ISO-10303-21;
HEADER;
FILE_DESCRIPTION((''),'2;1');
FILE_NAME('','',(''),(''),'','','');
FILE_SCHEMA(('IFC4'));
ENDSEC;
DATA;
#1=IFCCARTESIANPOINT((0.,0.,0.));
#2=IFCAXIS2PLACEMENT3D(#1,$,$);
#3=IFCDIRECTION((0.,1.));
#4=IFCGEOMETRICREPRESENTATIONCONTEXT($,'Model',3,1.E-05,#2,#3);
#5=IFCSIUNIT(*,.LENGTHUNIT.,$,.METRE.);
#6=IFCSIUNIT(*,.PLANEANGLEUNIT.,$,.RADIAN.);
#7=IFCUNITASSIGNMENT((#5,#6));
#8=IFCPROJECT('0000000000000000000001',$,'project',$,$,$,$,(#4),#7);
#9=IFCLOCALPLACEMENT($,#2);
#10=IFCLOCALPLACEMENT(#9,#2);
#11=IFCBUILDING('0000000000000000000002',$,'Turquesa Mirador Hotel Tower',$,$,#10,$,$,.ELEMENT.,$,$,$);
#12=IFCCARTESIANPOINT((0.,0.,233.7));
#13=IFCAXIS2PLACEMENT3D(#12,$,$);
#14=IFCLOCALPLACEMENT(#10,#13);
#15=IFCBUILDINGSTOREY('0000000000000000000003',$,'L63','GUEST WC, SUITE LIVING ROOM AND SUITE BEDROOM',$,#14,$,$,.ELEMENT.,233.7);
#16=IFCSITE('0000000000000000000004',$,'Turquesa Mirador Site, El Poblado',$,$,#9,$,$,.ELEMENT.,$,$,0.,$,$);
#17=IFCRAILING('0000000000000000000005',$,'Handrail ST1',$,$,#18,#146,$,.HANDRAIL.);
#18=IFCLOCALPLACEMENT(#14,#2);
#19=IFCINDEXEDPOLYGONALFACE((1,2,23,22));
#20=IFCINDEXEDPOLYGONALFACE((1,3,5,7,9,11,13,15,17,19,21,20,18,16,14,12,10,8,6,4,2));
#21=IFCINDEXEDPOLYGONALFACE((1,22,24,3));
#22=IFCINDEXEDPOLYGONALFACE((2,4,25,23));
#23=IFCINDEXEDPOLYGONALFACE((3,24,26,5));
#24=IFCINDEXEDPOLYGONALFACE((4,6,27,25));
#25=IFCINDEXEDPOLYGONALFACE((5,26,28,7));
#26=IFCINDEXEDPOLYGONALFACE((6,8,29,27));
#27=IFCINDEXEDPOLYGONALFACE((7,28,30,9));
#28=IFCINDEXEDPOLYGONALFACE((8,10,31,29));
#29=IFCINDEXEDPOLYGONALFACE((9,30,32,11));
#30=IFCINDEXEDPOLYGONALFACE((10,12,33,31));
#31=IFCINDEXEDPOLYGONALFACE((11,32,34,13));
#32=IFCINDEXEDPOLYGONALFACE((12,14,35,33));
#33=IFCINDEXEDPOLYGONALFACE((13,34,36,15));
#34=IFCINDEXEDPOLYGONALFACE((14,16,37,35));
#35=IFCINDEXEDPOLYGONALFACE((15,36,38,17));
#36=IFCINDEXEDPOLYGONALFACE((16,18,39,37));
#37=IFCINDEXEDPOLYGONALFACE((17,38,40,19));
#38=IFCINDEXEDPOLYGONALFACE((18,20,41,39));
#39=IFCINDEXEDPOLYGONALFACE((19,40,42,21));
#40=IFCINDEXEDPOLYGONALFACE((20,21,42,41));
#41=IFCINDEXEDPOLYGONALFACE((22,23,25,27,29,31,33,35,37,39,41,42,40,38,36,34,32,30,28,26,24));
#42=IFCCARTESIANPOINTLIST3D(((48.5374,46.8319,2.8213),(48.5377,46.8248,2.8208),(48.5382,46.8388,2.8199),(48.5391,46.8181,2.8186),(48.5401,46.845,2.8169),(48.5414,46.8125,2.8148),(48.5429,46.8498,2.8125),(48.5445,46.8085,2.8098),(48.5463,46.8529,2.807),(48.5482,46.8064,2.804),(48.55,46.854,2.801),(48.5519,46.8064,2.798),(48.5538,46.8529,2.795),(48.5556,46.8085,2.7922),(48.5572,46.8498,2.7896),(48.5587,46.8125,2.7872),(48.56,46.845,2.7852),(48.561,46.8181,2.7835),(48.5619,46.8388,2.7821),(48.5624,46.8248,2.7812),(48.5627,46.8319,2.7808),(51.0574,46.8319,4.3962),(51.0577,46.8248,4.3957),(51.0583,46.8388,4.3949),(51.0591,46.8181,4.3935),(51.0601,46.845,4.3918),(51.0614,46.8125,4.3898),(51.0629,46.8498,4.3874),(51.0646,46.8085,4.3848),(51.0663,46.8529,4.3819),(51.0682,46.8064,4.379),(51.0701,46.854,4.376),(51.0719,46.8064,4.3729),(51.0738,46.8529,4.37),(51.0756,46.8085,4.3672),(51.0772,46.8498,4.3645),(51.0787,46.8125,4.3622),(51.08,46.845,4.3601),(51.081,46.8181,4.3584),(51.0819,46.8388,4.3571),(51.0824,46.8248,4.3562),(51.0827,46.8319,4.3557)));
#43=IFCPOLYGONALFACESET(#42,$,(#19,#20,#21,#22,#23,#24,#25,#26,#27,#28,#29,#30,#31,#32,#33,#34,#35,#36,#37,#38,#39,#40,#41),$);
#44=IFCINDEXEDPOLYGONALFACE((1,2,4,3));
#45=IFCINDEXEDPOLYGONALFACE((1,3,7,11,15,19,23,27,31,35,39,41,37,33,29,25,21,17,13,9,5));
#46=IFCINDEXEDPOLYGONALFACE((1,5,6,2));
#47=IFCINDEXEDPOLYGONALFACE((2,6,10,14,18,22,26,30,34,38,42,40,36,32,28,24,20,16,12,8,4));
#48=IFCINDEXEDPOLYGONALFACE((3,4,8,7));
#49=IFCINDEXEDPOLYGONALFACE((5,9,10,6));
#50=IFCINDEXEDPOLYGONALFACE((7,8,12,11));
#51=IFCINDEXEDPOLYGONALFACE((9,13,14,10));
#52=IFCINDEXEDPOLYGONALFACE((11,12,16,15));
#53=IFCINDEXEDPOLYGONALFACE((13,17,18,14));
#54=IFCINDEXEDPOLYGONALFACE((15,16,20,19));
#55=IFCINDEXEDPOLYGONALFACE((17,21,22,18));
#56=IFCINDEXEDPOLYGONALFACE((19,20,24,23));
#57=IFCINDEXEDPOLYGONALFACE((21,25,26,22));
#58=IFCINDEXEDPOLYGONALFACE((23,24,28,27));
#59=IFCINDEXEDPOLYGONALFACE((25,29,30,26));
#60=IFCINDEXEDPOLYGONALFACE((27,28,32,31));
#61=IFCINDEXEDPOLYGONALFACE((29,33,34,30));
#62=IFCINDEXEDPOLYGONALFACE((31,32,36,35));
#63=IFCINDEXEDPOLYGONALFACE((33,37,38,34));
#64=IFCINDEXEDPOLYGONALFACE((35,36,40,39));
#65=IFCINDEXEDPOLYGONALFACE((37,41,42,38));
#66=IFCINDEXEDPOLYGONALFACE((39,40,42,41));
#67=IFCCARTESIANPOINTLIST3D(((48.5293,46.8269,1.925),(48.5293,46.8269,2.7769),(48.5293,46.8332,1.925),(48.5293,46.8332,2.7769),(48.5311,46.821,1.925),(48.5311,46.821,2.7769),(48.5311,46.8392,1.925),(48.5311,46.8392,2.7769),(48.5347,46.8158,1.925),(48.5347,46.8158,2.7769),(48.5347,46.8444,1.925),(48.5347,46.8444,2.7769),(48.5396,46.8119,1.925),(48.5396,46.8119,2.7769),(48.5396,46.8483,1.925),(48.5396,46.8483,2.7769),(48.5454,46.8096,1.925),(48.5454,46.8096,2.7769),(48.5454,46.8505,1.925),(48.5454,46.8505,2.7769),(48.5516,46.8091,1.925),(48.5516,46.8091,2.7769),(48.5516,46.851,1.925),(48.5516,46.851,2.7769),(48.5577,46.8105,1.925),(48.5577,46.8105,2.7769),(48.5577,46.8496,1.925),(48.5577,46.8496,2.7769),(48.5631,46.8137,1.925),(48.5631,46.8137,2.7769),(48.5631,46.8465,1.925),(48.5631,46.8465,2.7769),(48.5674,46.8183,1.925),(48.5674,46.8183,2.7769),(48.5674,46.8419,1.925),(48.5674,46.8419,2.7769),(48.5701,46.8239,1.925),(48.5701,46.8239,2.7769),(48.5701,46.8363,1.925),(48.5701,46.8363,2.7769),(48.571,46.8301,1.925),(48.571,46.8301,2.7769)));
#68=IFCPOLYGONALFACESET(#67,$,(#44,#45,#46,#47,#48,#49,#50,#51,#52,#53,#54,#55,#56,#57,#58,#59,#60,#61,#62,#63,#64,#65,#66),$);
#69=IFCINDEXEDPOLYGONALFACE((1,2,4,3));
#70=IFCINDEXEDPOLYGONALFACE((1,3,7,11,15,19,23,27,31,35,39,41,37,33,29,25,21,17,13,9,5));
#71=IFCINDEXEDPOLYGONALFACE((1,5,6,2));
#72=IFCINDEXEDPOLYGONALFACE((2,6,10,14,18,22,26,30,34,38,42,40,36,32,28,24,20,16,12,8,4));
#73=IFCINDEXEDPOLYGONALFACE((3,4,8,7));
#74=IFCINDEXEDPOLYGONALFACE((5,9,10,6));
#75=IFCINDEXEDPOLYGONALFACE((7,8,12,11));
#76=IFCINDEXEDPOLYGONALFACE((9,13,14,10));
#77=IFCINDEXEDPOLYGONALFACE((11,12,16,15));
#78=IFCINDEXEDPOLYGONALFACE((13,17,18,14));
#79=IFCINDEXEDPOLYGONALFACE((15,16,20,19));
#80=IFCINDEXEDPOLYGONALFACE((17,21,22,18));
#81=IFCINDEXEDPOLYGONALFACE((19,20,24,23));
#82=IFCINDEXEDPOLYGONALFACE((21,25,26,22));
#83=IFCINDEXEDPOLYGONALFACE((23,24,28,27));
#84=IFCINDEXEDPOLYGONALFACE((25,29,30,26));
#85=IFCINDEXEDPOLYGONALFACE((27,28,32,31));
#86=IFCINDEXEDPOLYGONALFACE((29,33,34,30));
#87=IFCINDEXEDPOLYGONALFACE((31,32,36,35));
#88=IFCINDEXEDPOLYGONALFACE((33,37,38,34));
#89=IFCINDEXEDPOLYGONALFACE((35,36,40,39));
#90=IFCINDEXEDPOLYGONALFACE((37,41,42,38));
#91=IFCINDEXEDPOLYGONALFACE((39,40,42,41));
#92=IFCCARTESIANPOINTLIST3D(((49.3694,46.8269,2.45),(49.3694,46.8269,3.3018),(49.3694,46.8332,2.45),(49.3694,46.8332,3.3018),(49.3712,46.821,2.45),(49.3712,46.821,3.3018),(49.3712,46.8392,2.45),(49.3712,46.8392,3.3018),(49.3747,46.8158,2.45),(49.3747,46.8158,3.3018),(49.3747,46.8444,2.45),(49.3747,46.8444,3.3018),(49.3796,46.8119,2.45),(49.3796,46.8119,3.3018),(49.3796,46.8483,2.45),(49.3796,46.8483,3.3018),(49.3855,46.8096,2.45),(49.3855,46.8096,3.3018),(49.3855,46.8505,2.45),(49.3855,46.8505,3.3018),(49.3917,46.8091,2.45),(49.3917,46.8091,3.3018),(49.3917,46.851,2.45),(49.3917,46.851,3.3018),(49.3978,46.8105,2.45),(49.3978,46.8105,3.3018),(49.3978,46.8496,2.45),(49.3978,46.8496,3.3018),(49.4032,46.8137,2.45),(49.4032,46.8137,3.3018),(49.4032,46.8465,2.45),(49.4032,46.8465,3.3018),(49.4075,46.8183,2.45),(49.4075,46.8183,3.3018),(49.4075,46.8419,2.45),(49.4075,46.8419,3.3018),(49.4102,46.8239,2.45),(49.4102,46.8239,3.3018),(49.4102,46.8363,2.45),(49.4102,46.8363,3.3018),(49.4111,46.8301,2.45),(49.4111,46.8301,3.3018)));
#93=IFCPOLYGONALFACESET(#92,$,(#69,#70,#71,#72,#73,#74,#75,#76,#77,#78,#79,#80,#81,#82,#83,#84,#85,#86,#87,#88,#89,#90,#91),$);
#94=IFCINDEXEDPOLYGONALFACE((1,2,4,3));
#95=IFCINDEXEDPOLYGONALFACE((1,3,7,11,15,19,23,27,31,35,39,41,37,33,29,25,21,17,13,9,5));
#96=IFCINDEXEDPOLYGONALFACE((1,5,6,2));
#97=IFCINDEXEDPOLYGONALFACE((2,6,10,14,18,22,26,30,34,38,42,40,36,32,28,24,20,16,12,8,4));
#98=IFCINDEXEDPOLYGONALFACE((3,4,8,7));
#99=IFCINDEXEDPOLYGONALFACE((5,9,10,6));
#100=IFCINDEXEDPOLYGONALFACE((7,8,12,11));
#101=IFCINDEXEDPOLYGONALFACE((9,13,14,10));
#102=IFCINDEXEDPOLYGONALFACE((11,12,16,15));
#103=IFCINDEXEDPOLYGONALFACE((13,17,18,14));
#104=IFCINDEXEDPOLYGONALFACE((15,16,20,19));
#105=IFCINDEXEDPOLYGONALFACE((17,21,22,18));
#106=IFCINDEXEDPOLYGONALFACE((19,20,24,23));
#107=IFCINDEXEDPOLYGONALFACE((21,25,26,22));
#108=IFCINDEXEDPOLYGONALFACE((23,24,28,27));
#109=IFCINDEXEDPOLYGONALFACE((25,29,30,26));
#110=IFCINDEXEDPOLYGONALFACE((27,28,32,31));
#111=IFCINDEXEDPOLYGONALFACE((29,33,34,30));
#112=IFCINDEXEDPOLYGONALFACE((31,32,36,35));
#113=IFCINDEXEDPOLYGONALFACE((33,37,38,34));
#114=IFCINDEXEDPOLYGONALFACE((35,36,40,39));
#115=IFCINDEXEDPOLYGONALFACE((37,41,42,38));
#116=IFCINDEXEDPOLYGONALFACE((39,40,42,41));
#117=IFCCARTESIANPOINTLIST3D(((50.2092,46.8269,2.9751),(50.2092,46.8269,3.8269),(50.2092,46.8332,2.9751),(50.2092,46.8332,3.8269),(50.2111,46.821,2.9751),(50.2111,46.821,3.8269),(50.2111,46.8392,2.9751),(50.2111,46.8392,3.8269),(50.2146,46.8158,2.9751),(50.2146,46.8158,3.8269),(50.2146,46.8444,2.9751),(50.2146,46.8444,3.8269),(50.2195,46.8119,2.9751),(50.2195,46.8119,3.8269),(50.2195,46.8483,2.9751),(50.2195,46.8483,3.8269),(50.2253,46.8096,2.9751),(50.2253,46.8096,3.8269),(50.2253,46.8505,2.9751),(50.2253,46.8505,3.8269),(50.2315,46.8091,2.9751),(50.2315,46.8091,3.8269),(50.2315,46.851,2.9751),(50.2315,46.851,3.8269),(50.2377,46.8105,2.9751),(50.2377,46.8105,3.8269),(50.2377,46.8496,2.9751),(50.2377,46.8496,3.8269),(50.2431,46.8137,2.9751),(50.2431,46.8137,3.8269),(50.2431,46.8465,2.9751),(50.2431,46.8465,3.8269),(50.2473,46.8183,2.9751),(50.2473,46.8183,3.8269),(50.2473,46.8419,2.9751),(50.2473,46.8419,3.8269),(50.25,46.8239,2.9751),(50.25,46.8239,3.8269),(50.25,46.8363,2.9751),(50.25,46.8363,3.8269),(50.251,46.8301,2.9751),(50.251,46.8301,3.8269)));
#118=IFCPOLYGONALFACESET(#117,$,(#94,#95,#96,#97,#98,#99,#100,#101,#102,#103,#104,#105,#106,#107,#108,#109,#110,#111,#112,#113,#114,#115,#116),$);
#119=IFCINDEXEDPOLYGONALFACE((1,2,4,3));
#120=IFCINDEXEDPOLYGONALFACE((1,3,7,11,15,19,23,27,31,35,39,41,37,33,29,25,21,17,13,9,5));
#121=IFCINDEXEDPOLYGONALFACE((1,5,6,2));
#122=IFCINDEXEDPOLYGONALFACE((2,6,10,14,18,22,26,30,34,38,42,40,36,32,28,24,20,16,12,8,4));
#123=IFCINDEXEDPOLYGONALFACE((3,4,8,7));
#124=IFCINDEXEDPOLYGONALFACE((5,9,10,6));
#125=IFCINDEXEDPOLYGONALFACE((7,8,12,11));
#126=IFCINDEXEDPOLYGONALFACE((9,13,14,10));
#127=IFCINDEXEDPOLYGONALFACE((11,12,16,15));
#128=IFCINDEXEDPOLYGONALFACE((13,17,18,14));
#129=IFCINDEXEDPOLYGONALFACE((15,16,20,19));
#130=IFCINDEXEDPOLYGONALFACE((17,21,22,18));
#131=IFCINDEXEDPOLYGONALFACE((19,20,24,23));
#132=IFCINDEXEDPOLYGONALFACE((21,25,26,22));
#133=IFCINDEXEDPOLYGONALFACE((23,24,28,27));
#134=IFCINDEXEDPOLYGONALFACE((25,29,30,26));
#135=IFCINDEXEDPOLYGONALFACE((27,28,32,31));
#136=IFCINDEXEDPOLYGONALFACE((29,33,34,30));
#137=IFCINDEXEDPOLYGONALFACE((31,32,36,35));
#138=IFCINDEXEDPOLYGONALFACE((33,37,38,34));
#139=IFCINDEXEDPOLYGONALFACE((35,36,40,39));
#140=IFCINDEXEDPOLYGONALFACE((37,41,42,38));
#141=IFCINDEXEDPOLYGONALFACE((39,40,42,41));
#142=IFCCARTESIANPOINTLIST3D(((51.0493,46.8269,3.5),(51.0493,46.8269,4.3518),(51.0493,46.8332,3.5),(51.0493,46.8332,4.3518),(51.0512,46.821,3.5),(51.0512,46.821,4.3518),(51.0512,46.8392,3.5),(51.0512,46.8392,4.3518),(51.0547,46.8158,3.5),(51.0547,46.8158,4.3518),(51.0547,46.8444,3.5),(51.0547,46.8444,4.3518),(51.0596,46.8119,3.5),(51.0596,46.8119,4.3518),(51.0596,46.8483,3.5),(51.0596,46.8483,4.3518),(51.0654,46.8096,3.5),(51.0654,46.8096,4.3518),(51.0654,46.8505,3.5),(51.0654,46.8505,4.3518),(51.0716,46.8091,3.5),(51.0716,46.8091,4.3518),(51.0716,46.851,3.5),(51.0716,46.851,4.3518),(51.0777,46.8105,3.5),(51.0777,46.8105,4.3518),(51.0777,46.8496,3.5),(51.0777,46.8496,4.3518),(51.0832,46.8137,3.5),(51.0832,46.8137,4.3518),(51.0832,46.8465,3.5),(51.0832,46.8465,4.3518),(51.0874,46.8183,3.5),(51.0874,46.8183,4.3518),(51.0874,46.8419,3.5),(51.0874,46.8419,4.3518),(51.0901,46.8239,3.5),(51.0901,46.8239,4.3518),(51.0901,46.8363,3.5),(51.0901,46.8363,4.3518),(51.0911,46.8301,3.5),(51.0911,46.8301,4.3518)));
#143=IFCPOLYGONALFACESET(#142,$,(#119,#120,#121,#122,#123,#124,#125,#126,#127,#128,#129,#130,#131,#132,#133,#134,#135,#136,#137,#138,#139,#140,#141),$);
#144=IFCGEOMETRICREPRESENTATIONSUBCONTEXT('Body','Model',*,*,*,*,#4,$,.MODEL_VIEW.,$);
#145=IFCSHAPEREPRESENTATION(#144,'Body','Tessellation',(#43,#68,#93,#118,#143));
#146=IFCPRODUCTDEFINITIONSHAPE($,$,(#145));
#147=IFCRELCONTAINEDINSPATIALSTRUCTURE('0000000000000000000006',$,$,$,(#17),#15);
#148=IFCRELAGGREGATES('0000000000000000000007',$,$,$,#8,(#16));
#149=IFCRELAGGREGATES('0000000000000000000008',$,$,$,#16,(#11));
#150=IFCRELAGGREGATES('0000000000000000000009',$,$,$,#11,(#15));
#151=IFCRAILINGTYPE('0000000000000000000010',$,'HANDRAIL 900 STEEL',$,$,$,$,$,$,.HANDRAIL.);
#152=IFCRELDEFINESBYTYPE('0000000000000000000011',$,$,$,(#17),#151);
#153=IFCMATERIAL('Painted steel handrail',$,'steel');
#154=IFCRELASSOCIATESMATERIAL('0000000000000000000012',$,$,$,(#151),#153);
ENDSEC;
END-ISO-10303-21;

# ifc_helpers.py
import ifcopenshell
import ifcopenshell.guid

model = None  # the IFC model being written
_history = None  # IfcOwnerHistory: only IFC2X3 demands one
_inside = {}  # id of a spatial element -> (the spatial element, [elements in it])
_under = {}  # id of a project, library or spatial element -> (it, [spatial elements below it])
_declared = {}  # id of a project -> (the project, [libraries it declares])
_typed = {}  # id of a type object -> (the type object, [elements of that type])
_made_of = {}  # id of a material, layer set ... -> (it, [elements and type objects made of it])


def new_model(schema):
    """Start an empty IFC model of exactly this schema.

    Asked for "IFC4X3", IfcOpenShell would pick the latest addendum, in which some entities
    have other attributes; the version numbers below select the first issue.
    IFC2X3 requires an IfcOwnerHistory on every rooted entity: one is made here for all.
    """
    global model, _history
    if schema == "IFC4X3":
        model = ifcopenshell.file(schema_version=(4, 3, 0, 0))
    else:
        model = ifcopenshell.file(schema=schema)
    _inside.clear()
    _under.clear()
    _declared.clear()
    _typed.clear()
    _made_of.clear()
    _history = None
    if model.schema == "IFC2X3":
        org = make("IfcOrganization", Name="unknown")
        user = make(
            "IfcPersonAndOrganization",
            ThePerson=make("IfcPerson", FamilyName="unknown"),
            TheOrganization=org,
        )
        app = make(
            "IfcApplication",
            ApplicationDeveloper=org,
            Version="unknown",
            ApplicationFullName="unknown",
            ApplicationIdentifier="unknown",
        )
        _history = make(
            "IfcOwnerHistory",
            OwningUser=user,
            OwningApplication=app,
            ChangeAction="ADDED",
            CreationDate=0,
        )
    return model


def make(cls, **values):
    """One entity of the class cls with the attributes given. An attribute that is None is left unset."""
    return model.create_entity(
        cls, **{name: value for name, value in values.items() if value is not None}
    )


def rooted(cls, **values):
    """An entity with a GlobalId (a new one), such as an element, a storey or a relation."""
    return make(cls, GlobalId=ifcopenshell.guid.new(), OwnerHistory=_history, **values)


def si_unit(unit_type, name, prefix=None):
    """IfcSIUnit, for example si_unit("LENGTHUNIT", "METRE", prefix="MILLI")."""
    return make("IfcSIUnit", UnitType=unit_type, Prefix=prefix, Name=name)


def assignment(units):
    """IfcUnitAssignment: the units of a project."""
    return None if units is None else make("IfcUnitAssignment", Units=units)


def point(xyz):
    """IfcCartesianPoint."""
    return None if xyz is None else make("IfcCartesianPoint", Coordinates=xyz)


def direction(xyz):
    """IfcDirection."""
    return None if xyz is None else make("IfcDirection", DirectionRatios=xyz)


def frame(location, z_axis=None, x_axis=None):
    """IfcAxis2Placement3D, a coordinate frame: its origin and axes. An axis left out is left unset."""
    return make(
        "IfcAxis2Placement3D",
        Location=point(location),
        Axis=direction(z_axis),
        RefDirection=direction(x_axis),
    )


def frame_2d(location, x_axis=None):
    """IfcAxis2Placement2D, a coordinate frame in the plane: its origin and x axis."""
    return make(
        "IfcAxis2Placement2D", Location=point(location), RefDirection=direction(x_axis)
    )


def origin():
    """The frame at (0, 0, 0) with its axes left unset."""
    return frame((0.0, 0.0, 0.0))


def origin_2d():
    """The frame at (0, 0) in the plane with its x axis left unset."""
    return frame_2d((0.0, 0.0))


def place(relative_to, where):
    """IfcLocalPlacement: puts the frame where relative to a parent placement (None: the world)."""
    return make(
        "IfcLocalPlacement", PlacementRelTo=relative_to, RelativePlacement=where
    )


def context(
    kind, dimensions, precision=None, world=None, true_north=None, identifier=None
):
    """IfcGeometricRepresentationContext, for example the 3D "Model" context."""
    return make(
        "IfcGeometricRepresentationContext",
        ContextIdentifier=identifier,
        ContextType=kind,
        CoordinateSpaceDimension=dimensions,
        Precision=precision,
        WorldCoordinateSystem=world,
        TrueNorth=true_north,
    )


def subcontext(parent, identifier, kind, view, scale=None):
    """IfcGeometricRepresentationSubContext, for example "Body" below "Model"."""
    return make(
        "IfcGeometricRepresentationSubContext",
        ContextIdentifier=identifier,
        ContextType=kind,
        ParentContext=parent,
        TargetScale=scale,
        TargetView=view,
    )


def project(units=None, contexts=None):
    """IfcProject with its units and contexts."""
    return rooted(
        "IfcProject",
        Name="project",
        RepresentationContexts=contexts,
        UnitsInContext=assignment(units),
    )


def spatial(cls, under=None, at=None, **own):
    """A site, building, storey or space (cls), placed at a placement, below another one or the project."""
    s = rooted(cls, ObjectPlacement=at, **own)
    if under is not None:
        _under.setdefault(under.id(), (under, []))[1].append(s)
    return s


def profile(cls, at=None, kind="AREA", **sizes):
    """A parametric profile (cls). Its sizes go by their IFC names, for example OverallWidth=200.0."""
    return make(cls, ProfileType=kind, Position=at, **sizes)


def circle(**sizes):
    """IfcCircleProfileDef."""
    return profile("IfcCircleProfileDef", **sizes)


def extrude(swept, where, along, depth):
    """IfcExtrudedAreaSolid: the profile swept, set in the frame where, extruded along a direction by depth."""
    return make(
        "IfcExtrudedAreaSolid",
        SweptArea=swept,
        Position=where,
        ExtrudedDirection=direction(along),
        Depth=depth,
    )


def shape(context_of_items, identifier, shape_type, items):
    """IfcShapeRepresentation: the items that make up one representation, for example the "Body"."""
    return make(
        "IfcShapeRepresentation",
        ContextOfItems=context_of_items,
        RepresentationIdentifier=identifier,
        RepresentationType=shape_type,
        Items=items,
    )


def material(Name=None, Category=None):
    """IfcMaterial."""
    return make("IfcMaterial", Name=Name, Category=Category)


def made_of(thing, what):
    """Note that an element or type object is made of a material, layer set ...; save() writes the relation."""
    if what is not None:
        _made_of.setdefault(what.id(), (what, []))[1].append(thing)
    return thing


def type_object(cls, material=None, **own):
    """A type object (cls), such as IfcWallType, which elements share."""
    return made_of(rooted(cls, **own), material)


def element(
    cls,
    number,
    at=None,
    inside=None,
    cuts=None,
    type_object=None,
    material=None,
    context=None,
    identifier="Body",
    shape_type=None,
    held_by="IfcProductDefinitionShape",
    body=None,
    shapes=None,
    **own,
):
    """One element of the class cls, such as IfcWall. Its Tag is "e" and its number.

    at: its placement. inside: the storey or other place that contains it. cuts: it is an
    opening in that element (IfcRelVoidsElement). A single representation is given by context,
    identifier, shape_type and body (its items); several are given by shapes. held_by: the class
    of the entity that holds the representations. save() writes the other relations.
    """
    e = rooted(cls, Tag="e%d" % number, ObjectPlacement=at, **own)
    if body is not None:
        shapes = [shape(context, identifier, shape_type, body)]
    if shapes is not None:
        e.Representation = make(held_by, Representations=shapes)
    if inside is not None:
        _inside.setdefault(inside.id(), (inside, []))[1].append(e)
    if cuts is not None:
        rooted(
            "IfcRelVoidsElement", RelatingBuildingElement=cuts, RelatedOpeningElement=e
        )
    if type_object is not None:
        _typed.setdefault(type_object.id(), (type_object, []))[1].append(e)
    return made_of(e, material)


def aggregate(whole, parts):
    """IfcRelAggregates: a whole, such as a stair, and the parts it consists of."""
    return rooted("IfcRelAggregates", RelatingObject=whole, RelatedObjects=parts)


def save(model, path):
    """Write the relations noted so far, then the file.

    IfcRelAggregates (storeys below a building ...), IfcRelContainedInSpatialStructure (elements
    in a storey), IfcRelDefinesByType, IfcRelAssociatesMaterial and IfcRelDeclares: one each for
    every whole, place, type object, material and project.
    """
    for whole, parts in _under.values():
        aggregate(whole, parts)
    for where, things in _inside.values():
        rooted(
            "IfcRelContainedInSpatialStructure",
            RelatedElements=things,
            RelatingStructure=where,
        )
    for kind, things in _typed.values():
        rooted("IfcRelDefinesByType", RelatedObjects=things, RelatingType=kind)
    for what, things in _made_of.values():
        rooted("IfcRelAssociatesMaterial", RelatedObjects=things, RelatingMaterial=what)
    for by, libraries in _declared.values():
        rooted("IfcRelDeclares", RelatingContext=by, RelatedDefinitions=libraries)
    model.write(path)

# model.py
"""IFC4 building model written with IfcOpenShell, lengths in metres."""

from ifc_helpers import new_model, si_unit, direction, frame, origin, origin_2d, place, context, subcontext, project, spatial, circle, extrude, material, type_object, element, save


model = new_model("IFC4")

# Units and contexts
model_context = context("Model", 3, precision=1e-05, world=origin(), true_north=direction((0.0, 1.0)))
body_context = subcontext(model_context, "Body", "Model", "MODEL_VIEW")
ifc_project = project(units=[si_unit("LENGTHUNIT", "METRE"), si_unit("PLANEANGLEUNIT", "RADIAN")], contexts=[model_context])

# Site, building, storey
site_placement = place(None, origin())
site = spatial("IfcSite", under=ifc_project, at=site_placement, Name="Turquesa Mirador Site, El Poblado", CompositionType="ELEMENT", RefElevation=0.0)
building_placement = place(site_placement, origin())
building = spatial("IfcBuilding", under=site, at=building_placement, Name="Turquesa Mirador Hotel Tower", CompositionType="ELEMENT")
storey_placement = place(building_placement, frame((0.0, 0.0, 233.7)))
storey = spatial("IfcBuildingStorey", under=building, at=storey_placement, Name="L63", Description="GUEST WC, SUITE LIVING ROOM AND SUITE BEDROOM", CompositionType="ELEMENT", Elevation=233.7)

# Railing
ifc_material_1 = material(Name="Painted steel handrail", Category="steel")
railing_type = type_object("IfcRailingType", Name="HANDRAIL 900 STEEL", PredefinedType="HANDRAIL", material=ifc_material_1)
railing_1_placement = place(storey_placement, frame((48.55, 46.8301, 1.925)))
element("IfcRailing", 1, at=railing_1_placement, inside=storey, type_object=railing_type, Name="Handrail ST1", PredefinedType="HANDRAIL", context=body_context, shape_type="SweptSolid", body=[
    extrude(circle(Radius=0.0239, at=origin_2d()), frame((0.0, 0.0, 0.876), z_axis=(0.848008, 0.0, 0.529984), x_axis=(0.0, 1.0, 0.0)), (0.0, 0.0, 1.0), 2.9717),
    extrude(circle(Radius=0.021, at=origin_2d()), origin(), (0.0, 0.0, 1.0), 0.8518),
    extrude(circle(Radius=0.021, at=origin_2d()), frame((0.8401, 0.0, 0.5249)), (0.0, 0.0, 1.0), 0.8518),
    extrude(circle(Radius=0.021, at=origin_2d()), frame((1.6799, 0.0, 1.05)), (0.0, 0.0, 1.0), 0.8518),
    extrude(circle(Radius=0.021, at=origin_2d()), frame((2.52, 0.0, 1.575)), (0.0, 0.0, 1.0), 0.8518),
])

save(model, "model.ifc")
